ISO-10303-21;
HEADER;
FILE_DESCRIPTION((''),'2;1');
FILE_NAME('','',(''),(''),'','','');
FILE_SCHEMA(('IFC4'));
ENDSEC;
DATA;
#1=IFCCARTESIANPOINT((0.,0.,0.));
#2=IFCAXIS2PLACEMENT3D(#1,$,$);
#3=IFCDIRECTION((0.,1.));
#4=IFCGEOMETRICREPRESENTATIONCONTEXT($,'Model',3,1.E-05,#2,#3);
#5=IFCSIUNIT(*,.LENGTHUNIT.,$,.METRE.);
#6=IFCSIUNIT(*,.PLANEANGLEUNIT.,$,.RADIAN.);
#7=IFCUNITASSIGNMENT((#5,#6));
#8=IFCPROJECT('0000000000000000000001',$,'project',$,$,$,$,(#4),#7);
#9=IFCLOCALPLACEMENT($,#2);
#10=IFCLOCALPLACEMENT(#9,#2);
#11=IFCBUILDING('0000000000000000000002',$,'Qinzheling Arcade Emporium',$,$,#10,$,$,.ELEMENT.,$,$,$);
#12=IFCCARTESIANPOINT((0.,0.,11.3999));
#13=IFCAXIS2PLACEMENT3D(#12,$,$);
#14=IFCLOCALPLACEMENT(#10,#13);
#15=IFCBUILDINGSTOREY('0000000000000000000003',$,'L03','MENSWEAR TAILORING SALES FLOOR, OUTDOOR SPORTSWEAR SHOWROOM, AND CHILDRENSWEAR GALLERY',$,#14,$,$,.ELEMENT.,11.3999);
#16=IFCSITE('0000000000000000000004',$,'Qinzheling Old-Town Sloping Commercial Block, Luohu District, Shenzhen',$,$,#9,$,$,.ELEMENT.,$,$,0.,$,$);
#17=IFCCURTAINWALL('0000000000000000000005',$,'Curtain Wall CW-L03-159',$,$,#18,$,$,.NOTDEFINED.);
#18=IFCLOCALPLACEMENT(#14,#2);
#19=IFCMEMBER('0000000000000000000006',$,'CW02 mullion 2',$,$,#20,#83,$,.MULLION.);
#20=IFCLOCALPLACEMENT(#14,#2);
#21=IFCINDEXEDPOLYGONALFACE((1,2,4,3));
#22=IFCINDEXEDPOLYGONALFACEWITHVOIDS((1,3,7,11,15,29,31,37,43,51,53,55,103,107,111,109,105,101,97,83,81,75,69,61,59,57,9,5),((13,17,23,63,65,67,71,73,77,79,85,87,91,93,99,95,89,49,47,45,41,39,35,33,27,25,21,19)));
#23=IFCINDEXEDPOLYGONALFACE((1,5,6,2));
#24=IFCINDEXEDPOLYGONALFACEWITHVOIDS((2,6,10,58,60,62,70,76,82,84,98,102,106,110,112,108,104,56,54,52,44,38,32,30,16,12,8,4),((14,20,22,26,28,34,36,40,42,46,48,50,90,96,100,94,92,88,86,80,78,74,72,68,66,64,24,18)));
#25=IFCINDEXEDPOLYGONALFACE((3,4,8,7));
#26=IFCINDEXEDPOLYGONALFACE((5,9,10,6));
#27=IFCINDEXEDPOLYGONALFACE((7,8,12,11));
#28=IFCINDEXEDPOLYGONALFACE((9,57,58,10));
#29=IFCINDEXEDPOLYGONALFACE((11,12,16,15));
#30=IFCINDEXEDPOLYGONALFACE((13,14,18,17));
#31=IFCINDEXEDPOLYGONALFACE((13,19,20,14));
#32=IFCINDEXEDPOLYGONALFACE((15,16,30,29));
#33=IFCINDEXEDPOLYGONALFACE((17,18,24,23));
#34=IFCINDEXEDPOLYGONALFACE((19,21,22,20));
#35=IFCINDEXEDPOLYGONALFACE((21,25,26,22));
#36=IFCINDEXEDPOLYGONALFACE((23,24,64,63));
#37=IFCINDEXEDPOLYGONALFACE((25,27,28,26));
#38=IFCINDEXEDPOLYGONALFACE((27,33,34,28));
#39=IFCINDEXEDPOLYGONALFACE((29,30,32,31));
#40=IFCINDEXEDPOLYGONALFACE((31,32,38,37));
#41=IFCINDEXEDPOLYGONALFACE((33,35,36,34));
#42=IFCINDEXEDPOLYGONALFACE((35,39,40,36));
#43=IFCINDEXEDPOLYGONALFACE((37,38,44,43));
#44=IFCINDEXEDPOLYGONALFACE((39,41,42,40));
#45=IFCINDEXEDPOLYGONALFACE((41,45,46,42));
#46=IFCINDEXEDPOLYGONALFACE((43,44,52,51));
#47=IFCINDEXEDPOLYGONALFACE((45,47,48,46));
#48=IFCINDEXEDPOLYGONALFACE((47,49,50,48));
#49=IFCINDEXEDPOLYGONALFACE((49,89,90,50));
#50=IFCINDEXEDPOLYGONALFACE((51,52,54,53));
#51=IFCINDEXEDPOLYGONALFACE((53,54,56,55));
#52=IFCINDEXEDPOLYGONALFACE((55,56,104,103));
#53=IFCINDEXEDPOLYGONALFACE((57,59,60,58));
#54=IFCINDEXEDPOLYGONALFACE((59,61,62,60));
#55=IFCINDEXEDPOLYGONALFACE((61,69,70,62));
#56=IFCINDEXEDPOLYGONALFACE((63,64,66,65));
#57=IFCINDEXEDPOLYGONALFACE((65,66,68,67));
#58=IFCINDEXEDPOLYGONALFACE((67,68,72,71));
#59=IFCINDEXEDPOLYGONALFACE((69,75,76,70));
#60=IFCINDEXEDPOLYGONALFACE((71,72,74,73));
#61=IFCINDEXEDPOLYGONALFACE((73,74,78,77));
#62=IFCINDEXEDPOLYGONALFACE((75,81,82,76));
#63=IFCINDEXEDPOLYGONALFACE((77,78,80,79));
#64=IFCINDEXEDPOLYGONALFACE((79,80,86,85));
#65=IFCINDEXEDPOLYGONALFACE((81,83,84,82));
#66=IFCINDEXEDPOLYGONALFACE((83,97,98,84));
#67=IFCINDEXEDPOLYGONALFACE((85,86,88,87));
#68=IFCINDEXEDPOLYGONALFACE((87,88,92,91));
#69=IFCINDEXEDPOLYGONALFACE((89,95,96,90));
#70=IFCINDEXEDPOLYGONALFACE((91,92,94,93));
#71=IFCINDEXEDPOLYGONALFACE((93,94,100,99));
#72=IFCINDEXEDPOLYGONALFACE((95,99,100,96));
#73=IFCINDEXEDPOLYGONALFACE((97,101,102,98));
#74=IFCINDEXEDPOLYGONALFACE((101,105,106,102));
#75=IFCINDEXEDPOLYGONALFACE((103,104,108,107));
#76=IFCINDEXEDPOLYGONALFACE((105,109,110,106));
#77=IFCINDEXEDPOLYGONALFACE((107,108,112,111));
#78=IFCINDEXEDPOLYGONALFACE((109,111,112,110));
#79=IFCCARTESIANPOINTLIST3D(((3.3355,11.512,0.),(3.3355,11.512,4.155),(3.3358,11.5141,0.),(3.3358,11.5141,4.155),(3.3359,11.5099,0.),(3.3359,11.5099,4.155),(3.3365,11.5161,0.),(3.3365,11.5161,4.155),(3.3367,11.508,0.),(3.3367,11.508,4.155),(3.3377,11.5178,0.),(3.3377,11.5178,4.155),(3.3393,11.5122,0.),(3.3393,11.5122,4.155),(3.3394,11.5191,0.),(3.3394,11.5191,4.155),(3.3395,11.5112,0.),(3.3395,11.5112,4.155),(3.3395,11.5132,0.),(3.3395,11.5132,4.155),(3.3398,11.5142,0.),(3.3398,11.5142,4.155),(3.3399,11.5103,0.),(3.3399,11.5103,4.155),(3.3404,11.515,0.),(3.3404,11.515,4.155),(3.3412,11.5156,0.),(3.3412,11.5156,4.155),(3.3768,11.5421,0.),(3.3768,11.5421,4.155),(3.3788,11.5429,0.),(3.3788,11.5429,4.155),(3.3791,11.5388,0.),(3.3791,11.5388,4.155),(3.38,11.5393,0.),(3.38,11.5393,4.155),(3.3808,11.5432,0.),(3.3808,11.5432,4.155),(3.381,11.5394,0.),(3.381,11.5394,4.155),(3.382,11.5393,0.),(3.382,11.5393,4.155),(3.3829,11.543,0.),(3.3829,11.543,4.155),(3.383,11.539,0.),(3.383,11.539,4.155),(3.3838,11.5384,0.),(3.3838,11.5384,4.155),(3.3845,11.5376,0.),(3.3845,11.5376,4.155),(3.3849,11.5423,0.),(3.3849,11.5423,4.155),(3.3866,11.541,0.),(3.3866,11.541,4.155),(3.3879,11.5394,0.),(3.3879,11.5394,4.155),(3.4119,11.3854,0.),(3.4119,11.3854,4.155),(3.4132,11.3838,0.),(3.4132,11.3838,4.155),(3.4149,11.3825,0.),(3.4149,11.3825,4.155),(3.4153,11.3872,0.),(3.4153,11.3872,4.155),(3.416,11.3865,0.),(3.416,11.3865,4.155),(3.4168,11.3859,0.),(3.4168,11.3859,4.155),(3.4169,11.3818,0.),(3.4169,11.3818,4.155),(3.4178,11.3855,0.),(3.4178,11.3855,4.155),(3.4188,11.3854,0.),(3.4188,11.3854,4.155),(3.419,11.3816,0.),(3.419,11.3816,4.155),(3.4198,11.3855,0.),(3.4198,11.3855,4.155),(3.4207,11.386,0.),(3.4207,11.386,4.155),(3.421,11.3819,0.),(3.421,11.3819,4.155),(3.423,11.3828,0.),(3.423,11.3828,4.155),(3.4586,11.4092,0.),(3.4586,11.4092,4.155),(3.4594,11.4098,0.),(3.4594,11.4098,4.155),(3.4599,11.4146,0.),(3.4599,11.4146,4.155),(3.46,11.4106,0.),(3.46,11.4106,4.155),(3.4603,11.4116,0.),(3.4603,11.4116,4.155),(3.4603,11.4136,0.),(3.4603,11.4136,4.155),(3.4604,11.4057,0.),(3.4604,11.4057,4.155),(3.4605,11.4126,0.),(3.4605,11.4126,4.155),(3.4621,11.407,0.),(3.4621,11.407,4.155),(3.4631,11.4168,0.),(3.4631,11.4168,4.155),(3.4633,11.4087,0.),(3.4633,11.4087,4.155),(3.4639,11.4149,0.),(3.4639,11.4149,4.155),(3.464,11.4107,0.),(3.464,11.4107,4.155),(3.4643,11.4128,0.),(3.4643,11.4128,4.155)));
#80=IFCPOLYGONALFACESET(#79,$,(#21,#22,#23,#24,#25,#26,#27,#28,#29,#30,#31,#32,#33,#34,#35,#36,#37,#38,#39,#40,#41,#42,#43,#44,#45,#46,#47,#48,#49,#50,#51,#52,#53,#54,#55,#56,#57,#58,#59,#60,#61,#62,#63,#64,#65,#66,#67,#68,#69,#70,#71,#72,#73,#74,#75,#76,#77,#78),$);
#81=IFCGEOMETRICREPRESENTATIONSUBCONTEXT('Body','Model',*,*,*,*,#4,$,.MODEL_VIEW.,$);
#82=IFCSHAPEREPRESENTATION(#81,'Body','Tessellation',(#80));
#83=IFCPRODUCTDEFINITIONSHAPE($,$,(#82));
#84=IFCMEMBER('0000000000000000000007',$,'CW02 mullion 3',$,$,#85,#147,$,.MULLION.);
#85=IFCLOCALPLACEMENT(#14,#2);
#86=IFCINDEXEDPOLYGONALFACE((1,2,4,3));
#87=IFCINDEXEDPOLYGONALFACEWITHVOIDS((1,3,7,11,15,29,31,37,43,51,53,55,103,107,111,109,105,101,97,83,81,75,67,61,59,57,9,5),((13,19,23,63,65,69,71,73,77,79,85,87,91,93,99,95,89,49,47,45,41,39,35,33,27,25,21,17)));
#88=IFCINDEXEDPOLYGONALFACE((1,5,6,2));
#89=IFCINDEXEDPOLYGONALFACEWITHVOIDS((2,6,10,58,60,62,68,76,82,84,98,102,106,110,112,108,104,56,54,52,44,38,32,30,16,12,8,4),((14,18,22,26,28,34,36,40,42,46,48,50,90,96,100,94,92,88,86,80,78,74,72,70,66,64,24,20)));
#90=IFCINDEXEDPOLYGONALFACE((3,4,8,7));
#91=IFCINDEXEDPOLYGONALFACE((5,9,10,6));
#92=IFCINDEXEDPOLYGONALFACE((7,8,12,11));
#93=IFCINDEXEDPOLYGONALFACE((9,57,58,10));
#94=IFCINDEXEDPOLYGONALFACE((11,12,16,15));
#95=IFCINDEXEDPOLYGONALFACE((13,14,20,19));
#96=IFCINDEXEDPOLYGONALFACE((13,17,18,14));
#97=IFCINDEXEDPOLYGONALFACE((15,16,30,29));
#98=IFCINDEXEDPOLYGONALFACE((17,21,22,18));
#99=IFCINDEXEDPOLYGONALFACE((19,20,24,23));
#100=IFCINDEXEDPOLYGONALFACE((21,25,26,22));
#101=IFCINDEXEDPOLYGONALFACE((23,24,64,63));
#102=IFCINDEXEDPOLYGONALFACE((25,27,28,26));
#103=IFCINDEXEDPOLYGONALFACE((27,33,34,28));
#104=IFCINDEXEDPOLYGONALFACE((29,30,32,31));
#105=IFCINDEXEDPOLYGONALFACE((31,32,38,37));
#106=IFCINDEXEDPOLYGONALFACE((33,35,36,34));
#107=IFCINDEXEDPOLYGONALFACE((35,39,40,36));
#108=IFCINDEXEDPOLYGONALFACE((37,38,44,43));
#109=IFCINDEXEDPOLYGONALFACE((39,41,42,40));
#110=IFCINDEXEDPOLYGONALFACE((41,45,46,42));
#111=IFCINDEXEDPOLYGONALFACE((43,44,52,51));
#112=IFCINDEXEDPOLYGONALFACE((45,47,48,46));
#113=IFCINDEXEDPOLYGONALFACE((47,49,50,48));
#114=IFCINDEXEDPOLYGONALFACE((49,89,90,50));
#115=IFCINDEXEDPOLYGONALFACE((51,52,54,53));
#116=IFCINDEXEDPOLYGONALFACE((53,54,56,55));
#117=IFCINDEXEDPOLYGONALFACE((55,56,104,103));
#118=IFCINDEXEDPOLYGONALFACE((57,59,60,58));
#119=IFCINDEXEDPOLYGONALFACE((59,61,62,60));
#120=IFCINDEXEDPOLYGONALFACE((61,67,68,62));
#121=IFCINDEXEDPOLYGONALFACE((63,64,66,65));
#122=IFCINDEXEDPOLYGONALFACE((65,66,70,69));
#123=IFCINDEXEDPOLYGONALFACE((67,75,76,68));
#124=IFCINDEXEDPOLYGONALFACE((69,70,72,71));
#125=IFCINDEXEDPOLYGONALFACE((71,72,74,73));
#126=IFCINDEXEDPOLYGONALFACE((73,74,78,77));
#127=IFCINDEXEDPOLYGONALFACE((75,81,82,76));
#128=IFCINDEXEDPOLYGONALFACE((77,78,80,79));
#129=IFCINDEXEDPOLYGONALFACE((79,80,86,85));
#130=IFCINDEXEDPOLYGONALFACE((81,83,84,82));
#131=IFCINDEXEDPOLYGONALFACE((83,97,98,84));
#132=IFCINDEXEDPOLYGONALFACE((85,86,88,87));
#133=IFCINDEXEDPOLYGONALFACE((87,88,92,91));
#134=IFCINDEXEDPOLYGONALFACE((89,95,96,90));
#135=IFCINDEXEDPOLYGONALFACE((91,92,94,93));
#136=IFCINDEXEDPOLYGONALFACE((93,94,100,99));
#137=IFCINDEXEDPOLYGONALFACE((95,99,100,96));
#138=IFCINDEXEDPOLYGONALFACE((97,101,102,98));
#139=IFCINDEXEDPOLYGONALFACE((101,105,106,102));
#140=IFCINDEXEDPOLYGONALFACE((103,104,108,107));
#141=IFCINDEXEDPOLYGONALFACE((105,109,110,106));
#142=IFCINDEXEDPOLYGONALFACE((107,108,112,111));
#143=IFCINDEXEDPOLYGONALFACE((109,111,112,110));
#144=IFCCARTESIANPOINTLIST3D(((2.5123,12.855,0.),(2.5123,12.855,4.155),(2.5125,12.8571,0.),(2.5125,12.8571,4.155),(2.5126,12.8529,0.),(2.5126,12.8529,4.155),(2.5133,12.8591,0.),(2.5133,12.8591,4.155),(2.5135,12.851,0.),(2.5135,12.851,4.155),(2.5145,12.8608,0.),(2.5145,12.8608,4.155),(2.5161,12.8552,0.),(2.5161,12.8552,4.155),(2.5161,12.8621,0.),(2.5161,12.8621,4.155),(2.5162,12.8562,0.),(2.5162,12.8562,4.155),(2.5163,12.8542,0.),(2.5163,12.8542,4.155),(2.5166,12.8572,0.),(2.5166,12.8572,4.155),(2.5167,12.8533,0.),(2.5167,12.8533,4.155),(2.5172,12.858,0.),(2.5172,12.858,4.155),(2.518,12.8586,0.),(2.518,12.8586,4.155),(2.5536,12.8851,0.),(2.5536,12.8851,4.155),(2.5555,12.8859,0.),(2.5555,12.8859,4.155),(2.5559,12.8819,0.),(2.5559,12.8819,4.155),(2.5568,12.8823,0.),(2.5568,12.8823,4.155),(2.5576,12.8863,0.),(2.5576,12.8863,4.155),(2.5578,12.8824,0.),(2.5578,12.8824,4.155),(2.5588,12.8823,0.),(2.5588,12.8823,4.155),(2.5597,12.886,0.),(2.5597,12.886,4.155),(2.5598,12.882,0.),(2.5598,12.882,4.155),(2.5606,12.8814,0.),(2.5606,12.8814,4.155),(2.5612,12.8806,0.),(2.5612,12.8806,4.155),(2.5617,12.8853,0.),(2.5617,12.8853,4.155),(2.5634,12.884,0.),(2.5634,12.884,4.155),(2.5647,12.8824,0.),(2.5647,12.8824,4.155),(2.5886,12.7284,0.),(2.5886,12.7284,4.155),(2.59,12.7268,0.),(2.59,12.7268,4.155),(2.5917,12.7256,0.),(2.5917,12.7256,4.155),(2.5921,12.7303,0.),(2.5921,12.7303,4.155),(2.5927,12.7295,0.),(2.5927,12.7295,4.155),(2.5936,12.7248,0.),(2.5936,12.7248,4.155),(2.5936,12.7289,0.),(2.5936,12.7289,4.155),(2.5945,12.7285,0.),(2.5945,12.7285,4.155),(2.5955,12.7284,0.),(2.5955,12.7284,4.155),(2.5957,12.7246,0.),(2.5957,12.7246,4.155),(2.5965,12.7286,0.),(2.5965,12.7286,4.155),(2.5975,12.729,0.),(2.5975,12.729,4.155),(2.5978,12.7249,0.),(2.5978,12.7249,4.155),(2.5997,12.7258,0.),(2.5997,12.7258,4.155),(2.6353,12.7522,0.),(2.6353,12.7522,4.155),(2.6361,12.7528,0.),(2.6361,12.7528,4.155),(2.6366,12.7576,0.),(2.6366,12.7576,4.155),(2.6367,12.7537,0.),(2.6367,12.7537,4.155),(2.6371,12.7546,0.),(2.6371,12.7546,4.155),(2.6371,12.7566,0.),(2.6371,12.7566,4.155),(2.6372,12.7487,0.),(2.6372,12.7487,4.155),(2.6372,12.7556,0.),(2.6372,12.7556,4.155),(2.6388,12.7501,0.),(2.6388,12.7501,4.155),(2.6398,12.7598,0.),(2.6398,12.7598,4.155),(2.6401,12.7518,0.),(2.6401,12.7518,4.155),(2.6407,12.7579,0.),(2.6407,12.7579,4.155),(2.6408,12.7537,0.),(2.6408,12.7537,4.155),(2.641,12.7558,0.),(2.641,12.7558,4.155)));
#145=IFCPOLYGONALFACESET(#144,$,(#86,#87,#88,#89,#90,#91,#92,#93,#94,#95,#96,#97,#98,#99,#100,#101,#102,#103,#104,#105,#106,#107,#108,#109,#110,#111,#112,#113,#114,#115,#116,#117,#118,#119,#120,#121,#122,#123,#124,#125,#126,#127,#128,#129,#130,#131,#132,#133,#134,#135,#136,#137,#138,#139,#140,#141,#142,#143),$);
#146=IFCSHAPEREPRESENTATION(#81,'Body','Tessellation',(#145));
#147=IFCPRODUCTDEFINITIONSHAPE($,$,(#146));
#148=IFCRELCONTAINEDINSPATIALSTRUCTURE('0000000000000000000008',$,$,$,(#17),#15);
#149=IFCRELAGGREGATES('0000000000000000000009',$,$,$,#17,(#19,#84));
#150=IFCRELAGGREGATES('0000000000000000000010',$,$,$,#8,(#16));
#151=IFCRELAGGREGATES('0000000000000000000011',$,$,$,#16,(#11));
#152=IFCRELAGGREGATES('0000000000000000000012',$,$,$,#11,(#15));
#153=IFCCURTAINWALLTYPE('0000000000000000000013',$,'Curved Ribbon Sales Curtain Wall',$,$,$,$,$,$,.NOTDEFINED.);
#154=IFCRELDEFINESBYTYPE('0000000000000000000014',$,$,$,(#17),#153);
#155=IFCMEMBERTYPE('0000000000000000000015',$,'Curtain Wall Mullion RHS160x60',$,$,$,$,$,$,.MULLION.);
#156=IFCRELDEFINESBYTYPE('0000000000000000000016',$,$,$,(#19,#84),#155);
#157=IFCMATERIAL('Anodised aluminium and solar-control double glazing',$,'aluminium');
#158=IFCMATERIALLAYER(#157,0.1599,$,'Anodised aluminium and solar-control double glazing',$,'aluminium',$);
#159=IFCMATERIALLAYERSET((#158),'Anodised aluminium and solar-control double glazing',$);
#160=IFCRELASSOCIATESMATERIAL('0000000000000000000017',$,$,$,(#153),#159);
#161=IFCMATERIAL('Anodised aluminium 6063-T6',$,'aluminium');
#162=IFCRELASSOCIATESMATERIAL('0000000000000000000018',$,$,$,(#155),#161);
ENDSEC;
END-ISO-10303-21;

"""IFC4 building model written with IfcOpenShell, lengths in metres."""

from ifc_helpers import new_model, si_unit, direction, frame, origin, origin_2d, place, context, subcontext, project, spatial, hollow_rectangle, extrude, material, layer, layer_set, material_profile, profile_set, type_object, element, aggregate, save


model = new_model("IFC4")

# Units and contexts
model_context = context("Model", 3, precision=1e-05, world=origin(), true_north=direction((0.0, 1.0)))
body_context = subcontext(model_context, "Body", "Model", "MODEL_VIEW")
ifc_project = project(units=[si_unit("LENGTHUNIT", "METRE"), si_unit("PLANEANGLEUNIT", "RADIAN")], contexts=[model_context])

# Site, building, storey
site_placement = place(None, origin())
site = spatial("IfcSite", under=ifc_project, at=site_placement, Name="Qinzheling Old-Town Sloping Commercial Block, Luohu District, Shenzhen", CompositionType="ELEMENT", RefElevation=0.0)
building_placement = place(site_placement, origin())
building = spatial("IfcBuilding", under=site, at=building_placement, Name="Qinzheling Arcade Emporium", CompositionType="ELEMENT")
storey_placement = place(building_placement, frame((0.0, 0.0, 11.3999)))
storey = spatial("IfcBuildingStorey", under=building, at=storey_placement, Name="L03", Description="MENSWEAR TAILORING SALES FLOOR, OUTDOOR SPORTSWEAR SHOWROOM, AND CHILDRENSWEAR GALLERY", CompositionType="ELEMENT", Elevation=11.3999)

# Curtain wall, members
ifc_material_1 = material(Name="Anodised aluminium and solar-control double glazing", Category="aluminium")
ifc_layer_1 = layer(ifc_material_1, 0.1599, Name="Anodised aluminium and solar-control double glazing", Category="aluminium")
ifc_layer_set_1 = layer_set([ifc_layer_1], Name="Anodised aluminium and solar-control double glazing")
curtain_wall_type = type_object("IfcCurtainWallType", Name="Curved Ribbon Sales Curtain Wall", PredefinedType="NOTDEFINED", material=ifc_layer_set_1)
ifc_material_2 = material(Name="Anodised aluminium 6063-T6", Category="aluminium")
ifc_material_profile_1 = material_profile(ifc_material_2, hollow_rectangle(XDim=0.0601, YDim=0.1599, WallThickness=0.0039, InnerFilletRadius=0.0039, OuterFilletRadius=0.0081, at=origin_2d()), Name="RHS 160x60x4", Category="aluminium")
ifc_profile_set_1 = profile_set([ifc_material_profile_1], Name="Anodised aluminium 6063-T6")
member_type_1 = type_object("IfcMemberType", Name="Curtain Wall Mullion RHS160x60", PredefinedType="MULLION", material=ifc_profile_set_1)
curtain_wall_1_placement = place(storey_placement, origin())
curtain_wall_1 = element("IfcCurtainWall", 1, at=curtain_wall_1_placement, inside=storey, type_object=curtain_wall_type, Name="Curtain Wall CW-L03-159", PredefinedType="NOTDEFINED")
member_1_placement = place(storey_placement, frame((3.3999, 11.4624, 0.0), z_axis=(0.0, 0.0, 1.0), x_axis=(-0.852534, -0.522672, 0.0)))
member_1 = element("IfcMember", 2, at=member_1_placement, type_object=member_type_1, Name="CW02 mullion 2", PredefinedType="MULLION", context=body_context, shape_type="SweptSolid", body=[
    extrude(hollow_rectangle(XDim=0.0601, YDim=0.1599, WallThickness=0.0039, InnerFilletRadius=0.0039, OuterFilletRadius=0.0081, at=origin_2d()), origin(), (0.0, 0.0, 1.0), 4.155),
])
member_2_placement = place(storey_placement, frame((2.5767, 12.8054, 0.0), z_axis=(0.0, 0.0, 1.0), x_axis=(-0.852534, -0.522672, 0.0)))
member_2 = element("IfcMember", 3, at=member_2_placement, type_object=member_type_1, Name="CW02 mullion 3", PredefinedType="MULLION", context=body_context, shape_type="SweptSolid", body=[
    extrude(hollow_rectangle(XDim=0.0601, YDim=0.1599, WallThickness=0.0039, InnerFilletRadius=0.0039, OuterFilletRadius=0.0081, at=origin_2d()), origin(), (0.0, 0.0, 1.0), 4.155),
])

aggregate(curtain_wall_1, [member_1, member_2])

save(model, "model.ifc")
